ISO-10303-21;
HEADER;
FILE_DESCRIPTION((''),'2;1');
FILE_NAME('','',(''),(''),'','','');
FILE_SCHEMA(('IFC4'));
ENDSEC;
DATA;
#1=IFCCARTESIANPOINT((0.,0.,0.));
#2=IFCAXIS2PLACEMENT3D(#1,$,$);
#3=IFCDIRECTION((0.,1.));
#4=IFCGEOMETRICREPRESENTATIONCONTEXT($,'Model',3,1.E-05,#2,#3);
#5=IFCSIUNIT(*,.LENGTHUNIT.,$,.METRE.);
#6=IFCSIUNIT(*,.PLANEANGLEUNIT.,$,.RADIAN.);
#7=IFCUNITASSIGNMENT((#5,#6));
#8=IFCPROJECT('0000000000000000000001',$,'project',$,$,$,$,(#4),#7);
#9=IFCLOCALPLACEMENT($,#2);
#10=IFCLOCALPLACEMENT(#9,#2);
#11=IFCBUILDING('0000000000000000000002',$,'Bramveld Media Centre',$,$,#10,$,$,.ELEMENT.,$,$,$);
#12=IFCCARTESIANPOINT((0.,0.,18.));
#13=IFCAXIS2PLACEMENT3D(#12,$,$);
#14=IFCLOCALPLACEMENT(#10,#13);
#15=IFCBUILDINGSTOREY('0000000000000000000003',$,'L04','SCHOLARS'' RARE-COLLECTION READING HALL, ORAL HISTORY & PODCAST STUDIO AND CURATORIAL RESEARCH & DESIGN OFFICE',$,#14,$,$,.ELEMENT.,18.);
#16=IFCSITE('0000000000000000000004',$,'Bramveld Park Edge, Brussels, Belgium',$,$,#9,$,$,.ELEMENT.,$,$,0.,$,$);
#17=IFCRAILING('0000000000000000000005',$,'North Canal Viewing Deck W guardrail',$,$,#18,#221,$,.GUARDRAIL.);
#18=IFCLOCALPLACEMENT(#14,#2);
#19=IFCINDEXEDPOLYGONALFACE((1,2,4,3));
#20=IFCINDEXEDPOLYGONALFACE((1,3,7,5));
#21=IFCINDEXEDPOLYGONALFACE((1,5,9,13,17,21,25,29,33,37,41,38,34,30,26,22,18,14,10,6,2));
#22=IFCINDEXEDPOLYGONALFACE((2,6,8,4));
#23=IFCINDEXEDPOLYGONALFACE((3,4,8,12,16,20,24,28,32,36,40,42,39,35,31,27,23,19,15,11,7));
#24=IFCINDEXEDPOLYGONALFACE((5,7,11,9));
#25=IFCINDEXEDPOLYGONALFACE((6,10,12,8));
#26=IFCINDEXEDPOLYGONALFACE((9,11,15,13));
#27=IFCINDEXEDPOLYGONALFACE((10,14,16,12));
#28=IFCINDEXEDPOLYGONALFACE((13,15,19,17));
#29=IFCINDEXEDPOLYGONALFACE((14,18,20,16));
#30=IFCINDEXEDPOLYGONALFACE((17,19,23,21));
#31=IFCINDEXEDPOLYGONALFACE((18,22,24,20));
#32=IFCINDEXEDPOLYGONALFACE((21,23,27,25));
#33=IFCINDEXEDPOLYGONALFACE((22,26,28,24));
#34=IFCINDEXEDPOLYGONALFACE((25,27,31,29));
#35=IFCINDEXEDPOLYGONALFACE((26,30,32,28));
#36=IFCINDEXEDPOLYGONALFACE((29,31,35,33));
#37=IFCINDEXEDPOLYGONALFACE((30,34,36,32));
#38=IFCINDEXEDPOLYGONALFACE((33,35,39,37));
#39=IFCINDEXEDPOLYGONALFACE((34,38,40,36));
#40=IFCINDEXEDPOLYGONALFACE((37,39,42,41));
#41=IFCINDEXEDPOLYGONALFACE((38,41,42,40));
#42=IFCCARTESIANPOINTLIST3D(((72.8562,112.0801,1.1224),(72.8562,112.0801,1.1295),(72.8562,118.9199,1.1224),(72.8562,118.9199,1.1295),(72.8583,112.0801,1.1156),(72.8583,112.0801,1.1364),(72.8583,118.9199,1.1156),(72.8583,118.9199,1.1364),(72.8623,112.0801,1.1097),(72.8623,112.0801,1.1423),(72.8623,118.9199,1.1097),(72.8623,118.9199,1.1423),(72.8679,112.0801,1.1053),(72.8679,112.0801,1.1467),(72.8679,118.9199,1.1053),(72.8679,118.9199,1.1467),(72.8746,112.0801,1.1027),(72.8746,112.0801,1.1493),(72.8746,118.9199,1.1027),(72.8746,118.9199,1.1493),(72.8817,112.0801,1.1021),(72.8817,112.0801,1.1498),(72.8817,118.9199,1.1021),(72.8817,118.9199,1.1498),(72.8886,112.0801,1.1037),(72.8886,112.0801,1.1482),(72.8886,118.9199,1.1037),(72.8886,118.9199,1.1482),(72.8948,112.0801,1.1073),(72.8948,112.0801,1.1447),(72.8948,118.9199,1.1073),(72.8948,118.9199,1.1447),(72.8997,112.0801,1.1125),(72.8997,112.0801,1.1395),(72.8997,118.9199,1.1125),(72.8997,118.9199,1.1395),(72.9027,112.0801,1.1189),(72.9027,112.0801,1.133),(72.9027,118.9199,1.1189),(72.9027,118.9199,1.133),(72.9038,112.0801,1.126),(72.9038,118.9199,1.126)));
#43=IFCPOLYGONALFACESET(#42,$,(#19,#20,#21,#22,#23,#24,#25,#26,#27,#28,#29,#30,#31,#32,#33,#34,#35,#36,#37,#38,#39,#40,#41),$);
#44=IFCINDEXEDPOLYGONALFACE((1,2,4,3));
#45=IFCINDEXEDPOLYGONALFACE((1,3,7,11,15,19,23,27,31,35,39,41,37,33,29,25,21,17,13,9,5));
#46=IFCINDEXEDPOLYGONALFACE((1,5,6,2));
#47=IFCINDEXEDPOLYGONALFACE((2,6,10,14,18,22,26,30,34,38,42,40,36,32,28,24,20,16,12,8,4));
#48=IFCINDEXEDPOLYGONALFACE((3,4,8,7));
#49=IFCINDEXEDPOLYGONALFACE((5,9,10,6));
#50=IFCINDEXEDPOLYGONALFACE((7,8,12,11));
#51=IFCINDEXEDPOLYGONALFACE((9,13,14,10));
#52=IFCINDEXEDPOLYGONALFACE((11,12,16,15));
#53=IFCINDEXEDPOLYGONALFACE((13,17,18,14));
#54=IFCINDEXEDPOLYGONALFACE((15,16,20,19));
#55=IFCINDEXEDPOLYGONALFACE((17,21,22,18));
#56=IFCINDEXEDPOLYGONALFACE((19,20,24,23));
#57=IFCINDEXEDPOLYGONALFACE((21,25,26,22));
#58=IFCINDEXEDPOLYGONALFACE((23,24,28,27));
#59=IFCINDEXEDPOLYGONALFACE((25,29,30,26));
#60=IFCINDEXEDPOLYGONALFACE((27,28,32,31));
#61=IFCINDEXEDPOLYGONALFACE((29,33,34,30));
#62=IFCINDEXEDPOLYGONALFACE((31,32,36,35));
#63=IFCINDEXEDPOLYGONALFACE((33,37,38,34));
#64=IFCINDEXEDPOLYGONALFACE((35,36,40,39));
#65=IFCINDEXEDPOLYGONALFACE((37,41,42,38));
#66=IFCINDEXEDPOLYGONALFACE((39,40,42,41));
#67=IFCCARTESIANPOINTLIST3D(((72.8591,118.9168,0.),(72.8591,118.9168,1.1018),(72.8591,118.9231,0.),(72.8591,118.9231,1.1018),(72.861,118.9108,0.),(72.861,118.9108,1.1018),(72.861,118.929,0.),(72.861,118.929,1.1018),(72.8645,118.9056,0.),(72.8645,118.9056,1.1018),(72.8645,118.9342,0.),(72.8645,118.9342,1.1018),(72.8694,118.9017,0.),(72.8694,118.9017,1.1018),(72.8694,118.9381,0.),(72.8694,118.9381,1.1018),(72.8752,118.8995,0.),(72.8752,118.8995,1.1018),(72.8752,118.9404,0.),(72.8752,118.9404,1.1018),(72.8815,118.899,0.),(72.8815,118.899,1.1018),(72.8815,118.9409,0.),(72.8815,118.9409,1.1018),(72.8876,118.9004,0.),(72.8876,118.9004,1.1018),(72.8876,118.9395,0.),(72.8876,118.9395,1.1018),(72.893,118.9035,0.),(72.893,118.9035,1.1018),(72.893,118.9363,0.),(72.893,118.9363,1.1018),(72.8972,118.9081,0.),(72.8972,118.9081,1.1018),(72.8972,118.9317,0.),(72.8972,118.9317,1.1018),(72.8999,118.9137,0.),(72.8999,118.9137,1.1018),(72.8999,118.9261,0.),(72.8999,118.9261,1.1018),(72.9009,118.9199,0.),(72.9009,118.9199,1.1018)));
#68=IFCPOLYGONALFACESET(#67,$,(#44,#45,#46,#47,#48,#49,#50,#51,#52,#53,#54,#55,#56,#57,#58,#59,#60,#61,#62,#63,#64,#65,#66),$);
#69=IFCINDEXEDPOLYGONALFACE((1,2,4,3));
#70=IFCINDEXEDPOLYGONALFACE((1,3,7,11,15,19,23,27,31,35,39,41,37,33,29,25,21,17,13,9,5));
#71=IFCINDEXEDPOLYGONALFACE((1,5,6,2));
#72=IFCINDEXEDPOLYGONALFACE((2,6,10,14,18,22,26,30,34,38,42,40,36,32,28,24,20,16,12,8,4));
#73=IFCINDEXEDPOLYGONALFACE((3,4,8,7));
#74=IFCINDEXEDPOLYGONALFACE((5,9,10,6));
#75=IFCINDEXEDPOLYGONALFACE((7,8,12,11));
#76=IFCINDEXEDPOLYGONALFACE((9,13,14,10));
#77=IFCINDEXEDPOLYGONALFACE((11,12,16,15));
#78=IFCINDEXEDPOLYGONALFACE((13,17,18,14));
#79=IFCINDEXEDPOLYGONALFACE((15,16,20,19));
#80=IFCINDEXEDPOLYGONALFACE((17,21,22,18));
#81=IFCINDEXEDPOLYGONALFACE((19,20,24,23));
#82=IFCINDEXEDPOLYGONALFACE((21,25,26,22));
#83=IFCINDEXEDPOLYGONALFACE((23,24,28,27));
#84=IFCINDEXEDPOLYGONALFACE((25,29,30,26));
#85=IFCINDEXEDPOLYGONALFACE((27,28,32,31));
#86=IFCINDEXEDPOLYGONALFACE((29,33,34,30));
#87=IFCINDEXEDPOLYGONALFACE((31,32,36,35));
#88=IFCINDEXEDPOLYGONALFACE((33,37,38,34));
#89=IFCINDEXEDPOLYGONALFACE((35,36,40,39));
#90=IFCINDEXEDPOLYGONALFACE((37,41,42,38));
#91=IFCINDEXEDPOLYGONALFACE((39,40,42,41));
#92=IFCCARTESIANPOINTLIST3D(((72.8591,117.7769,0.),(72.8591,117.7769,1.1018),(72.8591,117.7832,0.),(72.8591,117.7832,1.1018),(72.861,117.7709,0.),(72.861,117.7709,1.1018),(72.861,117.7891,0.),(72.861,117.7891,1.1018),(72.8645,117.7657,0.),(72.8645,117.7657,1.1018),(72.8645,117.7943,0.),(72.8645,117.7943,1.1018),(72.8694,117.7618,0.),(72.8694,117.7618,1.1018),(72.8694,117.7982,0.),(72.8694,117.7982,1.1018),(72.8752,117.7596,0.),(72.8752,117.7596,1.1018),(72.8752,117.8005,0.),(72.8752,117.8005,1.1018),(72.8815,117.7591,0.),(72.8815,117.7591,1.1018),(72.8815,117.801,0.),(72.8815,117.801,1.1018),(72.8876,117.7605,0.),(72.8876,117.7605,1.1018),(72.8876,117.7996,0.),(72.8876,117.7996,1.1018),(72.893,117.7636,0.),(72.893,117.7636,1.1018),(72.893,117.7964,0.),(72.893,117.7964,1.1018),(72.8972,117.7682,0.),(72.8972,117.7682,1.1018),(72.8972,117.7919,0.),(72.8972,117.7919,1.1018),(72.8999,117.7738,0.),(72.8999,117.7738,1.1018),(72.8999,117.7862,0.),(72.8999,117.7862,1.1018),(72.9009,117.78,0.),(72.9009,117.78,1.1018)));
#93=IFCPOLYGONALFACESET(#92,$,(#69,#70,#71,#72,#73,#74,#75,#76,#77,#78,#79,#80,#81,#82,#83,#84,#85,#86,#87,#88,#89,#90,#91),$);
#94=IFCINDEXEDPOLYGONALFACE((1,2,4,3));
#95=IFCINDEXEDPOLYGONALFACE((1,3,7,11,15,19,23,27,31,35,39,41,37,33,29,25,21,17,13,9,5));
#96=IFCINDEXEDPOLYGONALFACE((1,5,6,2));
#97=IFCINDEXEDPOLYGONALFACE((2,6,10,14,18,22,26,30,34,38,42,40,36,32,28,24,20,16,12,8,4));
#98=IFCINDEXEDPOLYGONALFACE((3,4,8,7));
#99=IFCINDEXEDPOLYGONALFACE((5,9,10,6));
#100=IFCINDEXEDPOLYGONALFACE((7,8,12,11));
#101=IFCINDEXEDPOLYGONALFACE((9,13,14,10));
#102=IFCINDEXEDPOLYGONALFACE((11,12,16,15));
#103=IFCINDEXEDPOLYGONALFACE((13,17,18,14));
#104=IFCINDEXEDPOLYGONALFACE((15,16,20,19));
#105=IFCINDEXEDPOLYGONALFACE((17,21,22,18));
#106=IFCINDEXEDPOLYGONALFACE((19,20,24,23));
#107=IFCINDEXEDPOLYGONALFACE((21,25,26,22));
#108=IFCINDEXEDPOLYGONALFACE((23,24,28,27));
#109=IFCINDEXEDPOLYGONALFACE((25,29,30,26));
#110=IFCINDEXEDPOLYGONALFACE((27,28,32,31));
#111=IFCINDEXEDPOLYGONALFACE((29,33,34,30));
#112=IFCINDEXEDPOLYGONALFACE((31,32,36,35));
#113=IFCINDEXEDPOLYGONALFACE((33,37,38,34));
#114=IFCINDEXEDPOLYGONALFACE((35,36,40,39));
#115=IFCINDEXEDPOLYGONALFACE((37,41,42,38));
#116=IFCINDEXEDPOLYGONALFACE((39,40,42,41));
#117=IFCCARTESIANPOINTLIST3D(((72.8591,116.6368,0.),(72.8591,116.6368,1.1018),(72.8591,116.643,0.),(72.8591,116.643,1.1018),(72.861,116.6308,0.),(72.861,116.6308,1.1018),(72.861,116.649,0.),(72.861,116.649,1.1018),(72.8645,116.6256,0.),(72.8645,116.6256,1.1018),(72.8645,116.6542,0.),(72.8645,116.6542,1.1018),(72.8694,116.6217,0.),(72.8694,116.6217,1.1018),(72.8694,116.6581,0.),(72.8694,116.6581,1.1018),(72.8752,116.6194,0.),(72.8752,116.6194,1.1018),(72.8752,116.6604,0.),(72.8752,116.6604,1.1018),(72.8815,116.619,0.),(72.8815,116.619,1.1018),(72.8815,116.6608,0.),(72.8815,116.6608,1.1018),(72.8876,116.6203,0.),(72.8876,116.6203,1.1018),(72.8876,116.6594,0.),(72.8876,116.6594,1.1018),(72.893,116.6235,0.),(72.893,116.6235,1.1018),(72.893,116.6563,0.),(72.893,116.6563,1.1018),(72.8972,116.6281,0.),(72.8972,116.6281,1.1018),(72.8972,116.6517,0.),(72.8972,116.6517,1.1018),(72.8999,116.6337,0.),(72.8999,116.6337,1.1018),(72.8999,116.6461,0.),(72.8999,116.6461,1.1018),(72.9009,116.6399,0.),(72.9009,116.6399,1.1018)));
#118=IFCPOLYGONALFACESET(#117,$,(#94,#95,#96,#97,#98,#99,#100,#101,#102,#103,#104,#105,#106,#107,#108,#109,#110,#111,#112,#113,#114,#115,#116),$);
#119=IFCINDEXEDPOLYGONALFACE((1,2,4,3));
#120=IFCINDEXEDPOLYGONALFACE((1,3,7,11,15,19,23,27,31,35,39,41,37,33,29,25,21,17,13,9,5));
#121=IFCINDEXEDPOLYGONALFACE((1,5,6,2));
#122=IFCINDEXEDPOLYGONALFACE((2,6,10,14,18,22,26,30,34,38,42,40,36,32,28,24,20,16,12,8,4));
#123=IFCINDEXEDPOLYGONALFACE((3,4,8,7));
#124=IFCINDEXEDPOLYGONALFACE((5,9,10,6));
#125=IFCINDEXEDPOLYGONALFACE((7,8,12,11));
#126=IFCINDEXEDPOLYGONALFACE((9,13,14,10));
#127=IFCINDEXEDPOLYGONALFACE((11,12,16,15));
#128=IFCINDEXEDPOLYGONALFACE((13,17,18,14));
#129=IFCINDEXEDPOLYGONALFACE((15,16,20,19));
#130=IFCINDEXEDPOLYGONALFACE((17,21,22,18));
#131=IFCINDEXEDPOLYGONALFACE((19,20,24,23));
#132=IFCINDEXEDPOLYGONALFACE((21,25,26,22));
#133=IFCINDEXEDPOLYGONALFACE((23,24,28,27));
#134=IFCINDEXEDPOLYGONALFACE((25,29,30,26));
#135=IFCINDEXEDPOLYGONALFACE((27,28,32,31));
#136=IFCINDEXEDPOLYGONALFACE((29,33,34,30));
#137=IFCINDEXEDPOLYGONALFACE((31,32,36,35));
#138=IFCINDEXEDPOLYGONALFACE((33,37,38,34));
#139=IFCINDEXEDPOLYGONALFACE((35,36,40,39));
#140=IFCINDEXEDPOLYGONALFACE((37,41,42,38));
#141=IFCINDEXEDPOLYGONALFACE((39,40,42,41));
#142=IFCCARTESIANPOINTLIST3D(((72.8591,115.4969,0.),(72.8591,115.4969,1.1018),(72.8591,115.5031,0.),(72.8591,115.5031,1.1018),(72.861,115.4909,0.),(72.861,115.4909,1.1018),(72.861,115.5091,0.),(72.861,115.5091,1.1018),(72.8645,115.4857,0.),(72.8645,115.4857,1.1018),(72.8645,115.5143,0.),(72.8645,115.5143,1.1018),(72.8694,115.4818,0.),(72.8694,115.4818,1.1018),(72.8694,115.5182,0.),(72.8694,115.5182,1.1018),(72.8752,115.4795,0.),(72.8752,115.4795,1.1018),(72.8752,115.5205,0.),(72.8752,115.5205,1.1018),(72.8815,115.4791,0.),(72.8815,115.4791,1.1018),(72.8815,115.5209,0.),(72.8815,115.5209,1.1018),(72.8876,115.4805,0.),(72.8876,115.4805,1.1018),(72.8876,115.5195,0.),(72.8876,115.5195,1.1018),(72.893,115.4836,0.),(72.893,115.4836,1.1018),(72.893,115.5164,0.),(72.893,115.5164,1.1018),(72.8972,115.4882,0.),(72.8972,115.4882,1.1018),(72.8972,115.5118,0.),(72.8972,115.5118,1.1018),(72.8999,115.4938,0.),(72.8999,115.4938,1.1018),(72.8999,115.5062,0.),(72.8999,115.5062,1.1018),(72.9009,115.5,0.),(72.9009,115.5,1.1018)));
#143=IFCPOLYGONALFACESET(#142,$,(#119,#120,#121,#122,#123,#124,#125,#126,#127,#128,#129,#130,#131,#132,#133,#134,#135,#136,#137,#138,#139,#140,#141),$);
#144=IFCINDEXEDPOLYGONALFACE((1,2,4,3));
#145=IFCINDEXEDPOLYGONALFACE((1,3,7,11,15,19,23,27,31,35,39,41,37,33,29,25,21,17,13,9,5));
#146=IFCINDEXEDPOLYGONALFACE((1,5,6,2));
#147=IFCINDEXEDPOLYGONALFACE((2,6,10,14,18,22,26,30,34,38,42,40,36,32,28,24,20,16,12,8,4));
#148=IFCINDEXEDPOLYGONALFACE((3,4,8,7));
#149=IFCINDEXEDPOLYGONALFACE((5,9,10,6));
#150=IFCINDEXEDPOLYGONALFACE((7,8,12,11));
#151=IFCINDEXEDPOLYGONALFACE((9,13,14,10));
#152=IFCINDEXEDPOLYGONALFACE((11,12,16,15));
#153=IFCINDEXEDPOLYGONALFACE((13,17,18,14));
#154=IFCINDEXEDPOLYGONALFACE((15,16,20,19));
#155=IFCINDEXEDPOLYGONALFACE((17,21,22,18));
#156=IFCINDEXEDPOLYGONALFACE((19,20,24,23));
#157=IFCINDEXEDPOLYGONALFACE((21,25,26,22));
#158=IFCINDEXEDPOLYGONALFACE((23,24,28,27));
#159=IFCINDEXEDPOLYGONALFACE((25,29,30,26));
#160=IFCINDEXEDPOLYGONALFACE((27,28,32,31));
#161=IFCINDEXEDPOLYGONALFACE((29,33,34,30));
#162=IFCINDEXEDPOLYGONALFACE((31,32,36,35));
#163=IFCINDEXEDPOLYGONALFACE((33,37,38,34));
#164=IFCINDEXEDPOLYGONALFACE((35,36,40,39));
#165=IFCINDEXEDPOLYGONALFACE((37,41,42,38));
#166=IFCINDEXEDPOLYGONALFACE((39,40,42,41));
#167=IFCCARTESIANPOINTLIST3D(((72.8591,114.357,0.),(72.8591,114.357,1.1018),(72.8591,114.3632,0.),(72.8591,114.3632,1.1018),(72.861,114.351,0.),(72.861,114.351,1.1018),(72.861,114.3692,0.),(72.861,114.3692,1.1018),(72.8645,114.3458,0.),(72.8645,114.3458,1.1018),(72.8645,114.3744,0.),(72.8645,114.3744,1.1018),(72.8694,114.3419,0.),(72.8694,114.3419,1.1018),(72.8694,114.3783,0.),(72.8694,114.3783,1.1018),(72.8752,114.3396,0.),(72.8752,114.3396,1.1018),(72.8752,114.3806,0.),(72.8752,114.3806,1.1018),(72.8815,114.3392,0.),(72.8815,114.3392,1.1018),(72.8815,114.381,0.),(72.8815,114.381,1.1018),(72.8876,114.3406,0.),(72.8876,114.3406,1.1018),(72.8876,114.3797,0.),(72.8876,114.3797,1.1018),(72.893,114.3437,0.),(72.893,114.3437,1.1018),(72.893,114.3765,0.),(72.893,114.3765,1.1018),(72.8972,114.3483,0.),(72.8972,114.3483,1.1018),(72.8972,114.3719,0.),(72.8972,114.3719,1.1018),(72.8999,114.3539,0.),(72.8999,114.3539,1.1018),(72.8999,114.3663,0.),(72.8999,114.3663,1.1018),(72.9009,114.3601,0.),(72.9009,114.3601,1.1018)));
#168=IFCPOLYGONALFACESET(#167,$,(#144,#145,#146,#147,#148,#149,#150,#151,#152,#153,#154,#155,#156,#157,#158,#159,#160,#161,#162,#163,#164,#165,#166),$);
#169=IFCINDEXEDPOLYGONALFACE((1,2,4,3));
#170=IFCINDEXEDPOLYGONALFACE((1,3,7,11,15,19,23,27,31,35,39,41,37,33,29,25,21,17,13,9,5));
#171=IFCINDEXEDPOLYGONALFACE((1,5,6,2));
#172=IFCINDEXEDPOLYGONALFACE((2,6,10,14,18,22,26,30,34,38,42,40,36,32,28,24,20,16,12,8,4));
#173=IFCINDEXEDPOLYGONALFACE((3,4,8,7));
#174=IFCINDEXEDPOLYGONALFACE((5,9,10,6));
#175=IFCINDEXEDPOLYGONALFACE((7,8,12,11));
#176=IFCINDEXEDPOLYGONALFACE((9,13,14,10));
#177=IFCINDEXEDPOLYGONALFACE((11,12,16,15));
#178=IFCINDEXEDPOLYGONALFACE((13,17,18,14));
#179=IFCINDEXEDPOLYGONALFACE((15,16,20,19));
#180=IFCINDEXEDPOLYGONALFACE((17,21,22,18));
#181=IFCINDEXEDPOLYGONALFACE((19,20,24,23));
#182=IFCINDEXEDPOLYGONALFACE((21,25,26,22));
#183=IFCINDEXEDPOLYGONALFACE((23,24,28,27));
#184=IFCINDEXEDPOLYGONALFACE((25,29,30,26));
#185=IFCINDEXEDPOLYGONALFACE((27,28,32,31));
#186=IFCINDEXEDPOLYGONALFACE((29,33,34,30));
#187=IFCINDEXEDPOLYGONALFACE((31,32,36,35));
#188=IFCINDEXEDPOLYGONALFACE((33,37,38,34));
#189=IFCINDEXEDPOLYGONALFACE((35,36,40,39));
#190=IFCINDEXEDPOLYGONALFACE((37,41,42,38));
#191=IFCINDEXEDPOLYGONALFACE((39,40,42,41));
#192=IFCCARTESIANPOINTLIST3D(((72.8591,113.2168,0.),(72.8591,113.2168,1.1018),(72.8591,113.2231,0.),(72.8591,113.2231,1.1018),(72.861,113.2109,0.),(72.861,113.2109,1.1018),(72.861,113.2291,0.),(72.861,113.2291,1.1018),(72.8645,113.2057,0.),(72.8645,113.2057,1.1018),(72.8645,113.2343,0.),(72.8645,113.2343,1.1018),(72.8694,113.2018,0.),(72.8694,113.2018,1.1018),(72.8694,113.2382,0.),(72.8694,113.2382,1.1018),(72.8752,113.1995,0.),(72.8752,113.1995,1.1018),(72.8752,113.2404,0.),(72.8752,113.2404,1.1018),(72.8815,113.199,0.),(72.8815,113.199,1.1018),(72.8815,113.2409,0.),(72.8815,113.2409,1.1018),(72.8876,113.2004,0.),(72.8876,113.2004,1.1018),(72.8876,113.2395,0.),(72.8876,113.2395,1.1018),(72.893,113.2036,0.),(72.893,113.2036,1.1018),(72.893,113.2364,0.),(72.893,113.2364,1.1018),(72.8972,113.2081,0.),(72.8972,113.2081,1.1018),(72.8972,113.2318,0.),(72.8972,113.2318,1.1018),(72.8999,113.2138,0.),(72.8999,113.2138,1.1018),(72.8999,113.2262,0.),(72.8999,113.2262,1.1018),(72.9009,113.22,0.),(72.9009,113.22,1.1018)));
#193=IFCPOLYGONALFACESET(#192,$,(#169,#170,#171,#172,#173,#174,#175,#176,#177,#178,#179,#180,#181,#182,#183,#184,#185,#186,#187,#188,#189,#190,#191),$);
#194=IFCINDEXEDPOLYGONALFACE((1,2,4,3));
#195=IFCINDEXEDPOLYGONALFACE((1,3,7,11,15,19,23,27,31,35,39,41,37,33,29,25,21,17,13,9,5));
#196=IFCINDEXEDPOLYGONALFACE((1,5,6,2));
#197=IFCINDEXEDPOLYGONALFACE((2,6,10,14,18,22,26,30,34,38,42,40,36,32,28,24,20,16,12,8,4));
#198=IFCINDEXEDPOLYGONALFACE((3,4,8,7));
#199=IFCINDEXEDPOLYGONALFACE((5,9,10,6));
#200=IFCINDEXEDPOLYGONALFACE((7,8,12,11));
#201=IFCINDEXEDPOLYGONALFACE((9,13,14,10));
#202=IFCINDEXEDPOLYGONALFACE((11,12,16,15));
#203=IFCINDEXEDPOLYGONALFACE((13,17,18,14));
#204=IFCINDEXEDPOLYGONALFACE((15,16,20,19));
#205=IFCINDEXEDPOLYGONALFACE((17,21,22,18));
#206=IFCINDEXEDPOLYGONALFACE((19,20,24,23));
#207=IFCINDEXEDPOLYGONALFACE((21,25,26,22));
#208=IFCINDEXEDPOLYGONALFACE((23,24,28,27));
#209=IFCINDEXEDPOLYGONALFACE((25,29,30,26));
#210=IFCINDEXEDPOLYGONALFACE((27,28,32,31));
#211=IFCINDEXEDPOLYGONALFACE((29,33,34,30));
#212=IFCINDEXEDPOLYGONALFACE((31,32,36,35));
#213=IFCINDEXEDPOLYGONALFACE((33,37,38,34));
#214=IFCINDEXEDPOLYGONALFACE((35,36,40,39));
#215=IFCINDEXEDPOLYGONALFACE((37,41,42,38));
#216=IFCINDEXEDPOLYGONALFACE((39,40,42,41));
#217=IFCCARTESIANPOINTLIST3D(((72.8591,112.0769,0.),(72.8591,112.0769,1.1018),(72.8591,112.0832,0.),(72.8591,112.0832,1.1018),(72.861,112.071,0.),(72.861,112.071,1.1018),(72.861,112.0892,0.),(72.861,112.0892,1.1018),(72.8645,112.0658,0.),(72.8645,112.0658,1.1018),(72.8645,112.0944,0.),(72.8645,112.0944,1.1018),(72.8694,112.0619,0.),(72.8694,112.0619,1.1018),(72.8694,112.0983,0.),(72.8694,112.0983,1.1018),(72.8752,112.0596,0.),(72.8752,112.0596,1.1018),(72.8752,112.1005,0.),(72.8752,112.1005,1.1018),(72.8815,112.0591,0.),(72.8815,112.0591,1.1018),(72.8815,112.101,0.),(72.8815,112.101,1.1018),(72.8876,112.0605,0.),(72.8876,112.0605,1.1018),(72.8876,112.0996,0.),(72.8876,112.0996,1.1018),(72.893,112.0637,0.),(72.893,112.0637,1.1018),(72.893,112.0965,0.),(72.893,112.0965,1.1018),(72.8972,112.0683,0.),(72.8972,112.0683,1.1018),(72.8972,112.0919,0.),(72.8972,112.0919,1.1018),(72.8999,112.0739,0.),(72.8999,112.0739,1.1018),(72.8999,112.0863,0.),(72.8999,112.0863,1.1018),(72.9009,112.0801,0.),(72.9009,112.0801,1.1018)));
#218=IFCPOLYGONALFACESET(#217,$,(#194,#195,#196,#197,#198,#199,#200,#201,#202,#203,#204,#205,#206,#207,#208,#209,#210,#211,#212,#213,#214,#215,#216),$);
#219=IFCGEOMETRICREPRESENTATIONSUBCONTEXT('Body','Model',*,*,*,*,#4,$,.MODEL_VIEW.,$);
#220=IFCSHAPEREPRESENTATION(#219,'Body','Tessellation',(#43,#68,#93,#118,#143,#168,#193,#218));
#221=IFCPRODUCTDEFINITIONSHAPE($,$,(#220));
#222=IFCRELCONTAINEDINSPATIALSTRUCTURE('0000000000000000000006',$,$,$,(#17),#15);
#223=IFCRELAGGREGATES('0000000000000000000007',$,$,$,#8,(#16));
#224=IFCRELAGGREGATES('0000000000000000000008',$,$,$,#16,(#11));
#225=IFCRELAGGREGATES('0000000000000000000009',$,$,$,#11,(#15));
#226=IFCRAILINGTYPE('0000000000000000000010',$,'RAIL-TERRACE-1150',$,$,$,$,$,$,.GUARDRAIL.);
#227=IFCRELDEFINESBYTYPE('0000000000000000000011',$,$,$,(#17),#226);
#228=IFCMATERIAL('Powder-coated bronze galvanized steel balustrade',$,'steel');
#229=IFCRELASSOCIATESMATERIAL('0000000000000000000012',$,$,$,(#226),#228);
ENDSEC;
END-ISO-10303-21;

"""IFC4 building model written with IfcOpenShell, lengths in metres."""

from ifc_helpers import new_model, si_unit, direction, frame, origin, origin_2d, place, context, subcontext, project, spatial, circle, extrude, material, type_object, element, save


model = new_model("IFC4")

# Units and contexts
model_context = context("Model", 3, precision=1e-05, world=origin(), true_north=direction((0.0, 1.0)))
body_context = subcontext(model_context, "Body", "Model", "MODEL_VIEW")
ifc_project = project(units=[si_unit("LENGTHUNIT", "METRE"), si_unit("PLANEANGLEUNIT", "RADIAN")], contexts=[model_context])

# Site, building, storey
site_placement = place(None, origin())
site = spatial("IfcSite", under=ifc_project, at=site_placement, Name="Bramveld Park Edge, Brussels, Belgium", CompositionType="ELEMENT", RefElevation=0.0)
building_placement = place(site_placement, origin())
building = spatial("IfcBuilding", under=site, at=building_placement, Name="Bramveld Media Centre", CompositionType="ELEMENT")
storey_placement = place(building_placement, frame((0.0, 0.0, 18.0)))
storey = spatial("IfcBuildingStorey", under=building, at=storey_placement, Name="L04", Description="SCHOLARS' RARE-COLLECTION READING HALL, ORAL HISTORY & PODCAST STUDIO AND CURATORIAL RESEARCH & DESIGN OFFICE", CompositionType="ELEMENT", Elevation=18.0)

# Railing
ifc_material_1 = material(Name="Powder-coated bronze galvanized steel balustrade", Category="steel")
railing_type = type_object("IfcRailingType", Name="RAIL-TERRACE-1150", PredefinedType="GUARDRAIL", material=ifc_material_1)
railing_placement = place(storey_placement, frame((72.8799, 118.9199, 0.0)))
element("IfcRailing", 1, at=railing_placement, inside=storey, type_object=railing_type, Name="North Canal Viewing Deck W guardrail", PredefinedType="GUARDRAIL", context=body_context, shape_type="SweptSolid", body=[
    extrude(circle(Radius=0.0239, at=origin_2d()), frame((0.0, 0.0, 1.126), z_axis=(0.0, -1.0, 0.0), x_axis=(1.0, 0.0, 0.0)), (0.0, 0.0, 1.0), 6.8398),
    extrude(circle(Radius=0.021, at=origin_2d()), origin(), (0.0, 0.0, 1.0), 1.1018),
    extrude(circle(Radius=0.021, at=origin_2d()), frame((0.0, -1.1399, 0.0)), (0.0, 0.0, 1.0), 1.1018),
    extrude(circle(Radius=0.021, at=origin_2d()), frame((0.0, -2.28, 0.0)), (0.0, 0.0, 1.0), 1.1018),
    extrude(circle(Radius=0.021, at=origin_2d()), frame((0.0, -3.4199, 0.0)), (0.0, 0.0, 1.0), 1.1018),
    extrude(circle(Radius=0.021, at=origin_2d()), frame((0.0, -4.5598, 0.0)), (0.0, 0.0, 1.0), 1.1018),
    extrude(circle(Radius=0.021, at=origin_2d()), frame((0.0, -5.7, 0.0)), (0.0, 0.0, 1.0), 1.1018),
    extrude(circle(Radius=0.021, at=origin_2d()), frame((0.0, -6.8398, 0.0)), (0.0, 0.0, 1.0), 1.1018),
])

save(model, "model.ifc")
